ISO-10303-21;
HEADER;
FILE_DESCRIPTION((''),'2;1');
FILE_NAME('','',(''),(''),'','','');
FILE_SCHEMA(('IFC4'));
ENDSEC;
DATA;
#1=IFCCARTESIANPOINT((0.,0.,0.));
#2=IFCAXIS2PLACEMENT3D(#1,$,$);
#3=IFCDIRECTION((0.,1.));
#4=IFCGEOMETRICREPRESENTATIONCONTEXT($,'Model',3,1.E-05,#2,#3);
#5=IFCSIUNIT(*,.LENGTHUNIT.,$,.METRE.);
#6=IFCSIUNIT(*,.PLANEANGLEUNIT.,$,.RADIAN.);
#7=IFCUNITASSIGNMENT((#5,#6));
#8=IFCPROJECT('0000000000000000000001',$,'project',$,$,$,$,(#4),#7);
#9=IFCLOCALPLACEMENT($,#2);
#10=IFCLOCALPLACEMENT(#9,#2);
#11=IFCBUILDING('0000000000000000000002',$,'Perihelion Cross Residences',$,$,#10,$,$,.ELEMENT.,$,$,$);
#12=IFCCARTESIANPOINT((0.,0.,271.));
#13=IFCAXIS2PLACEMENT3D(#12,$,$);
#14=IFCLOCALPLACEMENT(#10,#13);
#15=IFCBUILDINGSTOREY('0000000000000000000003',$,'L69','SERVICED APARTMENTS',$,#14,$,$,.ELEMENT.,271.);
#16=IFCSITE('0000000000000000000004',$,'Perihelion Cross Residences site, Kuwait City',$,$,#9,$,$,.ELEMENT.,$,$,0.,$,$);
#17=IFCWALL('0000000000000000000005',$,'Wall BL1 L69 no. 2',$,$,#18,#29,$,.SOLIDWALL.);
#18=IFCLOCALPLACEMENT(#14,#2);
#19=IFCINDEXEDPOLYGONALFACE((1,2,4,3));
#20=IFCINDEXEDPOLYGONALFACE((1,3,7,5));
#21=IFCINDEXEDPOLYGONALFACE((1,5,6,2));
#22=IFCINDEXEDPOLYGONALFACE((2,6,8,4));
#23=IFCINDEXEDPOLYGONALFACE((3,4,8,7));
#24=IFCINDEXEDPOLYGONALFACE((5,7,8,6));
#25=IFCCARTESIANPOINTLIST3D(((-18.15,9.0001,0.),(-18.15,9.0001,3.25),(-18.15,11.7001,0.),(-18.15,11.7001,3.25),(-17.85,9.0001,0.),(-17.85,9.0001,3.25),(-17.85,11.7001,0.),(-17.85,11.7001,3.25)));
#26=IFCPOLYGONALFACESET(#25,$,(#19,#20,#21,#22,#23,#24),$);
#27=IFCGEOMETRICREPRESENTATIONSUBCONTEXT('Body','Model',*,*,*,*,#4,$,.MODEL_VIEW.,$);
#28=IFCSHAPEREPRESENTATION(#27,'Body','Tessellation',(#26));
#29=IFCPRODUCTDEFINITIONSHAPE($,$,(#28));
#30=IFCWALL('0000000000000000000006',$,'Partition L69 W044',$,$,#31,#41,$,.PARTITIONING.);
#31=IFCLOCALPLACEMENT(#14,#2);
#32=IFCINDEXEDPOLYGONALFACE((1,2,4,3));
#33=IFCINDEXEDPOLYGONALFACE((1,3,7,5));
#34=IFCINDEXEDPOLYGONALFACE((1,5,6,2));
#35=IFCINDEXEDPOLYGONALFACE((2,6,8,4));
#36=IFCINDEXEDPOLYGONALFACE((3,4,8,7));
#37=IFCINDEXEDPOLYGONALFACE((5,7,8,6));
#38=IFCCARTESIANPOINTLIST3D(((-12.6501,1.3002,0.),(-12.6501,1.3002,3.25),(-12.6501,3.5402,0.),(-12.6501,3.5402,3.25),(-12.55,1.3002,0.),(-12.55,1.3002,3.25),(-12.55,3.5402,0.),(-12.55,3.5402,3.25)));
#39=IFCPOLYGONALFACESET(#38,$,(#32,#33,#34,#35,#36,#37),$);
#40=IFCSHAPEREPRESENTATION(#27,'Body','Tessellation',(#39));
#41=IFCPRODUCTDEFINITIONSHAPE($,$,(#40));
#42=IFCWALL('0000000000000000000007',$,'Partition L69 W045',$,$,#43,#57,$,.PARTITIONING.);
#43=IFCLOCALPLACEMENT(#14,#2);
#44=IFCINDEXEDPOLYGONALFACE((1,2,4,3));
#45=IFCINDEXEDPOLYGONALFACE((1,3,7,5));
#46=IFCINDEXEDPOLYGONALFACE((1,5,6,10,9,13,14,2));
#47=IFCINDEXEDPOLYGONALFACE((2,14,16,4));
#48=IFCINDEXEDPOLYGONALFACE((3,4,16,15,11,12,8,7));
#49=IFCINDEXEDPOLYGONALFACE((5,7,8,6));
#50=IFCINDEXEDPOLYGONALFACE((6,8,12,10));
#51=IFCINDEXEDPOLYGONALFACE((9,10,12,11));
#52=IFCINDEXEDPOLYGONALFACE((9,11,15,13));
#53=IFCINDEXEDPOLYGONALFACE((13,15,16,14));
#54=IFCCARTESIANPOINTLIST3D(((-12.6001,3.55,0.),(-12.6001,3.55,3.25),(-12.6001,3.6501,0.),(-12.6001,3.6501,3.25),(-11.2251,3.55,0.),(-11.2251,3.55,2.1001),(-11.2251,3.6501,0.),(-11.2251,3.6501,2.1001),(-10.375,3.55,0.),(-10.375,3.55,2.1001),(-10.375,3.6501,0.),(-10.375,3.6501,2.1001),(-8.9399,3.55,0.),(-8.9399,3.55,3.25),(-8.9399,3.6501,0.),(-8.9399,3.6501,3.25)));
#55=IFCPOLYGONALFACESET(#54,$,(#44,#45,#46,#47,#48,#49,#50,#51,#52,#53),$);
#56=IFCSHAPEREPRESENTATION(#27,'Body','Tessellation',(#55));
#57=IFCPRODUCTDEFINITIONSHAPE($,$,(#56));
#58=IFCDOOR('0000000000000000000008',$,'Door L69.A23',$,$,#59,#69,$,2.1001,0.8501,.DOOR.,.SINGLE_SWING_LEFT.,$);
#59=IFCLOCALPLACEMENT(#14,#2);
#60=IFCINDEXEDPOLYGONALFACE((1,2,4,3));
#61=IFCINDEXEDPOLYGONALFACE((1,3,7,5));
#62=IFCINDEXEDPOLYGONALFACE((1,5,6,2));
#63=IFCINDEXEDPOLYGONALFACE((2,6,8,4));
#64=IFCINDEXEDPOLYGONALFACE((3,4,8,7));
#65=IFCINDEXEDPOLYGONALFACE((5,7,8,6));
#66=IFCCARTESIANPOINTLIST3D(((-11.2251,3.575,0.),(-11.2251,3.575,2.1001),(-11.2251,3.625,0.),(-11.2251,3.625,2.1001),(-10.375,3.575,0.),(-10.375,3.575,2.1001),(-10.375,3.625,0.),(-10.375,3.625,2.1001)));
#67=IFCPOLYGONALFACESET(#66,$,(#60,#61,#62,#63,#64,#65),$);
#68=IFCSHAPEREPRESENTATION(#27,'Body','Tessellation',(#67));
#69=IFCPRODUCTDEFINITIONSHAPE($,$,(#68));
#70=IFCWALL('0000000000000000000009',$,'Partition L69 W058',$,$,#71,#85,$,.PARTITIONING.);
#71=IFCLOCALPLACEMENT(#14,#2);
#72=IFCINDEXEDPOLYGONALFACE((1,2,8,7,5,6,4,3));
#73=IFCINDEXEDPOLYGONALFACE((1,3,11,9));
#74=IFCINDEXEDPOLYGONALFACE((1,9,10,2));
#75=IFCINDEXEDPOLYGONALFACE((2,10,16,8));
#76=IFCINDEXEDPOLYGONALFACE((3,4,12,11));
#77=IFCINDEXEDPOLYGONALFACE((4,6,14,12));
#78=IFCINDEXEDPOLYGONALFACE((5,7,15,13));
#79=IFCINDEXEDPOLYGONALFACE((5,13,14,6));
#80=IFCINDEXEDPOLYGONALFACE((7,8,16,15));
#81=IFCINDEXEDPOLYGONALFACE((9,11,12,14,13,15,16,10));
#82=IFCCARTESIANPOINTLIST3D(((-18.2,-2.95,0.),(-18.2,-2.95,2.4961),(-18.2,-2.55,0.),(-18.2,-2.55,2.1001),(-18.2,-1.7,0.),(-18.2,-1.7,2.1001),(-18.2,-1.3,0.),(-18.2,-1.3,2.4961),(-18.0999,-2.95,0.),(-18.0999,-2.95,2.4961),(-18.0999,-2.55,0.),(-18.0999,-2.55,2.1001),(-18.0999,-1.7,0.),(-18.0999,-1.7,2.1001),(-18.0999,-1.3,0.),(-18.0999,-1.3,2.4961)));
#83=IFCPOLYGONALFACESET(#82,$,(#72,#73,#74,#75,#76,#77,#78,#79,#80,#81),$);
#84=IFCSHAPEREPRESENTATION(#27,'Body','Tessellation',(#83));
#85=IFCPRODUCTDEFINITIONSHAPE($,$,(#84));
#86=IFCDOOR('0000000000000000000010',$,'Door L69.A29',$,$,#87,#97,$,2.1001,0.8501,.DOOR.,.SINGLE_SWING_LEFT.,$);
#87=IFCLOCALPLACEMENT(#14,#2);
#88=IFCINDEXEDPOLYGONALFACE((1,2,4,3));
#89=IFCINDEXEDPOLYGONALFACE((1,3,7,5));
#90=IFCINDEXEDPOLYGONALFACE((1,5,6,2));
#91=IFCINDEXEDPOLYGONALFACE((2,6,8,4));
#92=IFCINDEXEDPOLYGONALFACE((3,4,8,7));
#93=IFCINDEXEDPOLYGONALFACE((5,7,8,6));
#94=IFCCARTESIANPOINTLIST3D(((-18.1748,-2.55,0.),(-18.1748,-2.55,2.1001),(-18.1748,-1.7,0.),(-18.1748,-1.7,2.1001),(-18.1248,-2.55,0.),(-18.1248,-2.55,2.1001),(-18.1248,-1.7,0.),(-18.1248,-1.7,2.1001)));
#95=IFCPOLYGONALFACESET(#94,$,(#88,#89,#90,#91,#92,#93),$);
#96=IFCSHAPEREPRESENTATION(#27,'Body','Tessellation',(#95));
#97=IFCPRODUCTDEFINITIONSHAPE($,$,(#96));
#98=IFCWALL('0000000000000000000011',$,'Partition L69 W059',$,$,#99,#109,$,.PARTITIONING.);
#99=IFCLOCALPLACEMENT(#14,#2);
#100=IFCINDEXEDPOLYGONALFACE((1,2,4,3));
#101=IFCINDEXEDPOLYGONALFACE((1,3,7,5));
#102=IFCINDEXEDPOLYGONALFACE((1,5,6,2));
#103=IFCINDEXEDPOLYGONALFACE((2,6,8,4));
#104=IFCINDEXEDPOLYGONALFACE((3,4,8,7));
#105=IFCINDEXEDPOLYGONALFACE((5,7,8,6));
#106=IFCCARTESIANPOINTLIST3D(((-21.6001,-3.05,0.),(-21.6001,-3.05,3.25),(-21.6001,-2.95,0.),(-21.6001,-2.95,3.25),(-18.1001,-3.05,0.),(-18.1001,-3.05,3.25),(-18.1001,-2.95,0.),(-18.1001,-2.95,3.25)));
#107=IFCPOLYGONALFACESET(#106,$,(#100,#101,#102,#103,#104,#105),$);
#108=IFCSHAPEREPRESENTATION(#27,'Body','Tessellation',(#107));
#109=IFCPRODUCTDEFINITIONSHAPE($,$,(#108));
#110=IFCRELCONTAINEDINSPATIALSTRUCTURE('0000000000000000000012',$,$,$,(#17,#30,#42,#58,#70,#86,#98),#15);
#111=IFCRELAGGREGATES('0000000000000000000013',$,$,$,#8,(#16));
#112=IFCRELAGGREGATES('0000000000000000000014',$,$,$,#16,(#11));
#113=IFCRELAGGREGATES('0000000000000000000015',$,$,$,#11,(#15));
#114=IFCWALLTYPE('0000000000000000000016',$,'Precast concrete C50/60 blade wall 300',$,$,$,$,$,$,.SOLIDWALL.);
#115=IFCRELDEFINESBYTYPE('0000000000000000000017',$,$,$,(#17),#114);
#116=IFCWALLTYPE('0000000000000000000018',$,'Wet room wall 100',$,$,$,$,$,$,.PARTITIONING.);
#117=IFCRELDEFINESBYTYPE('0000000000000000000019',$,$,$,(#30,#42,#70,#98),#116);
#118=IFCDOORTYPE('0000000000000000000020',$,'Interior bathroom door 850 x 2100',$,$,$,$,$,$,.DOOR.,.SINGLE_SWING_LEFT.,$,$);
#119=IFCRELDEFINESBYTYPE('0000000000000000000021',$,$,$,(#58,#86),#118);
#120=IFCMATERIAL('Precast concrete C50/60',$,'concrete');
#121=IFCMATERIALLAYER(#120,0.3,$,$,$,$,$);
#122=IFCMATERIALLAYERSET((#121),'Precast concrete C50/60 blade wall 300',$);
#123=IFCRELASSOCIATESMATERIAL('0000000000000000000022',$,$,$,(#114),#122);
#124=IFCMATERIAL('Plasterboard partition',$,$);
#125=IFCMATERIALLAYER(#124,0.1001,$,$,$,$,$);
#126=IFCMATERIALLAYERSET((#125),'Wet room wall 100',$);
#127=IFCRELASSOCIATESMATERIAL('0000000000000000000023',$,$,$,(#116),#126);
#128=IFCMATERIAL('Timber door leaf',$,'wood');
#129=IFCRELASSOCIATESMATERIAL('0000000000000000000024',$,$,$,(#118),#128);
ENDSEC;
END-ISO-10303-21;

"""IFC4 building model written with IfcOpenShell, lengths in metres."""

from ifc_helpers import new_model, si_unit, direction, frame, frame_2d, origin, place, context, subcontext, project, spatial, rectangle, extrude, material, layer, layer_set, type_object, element, fill, save


model = new_model("IFC4")

# Units and contexts
model_context = context("Model", 3, precision=1e-05, world=origin(), true_north=direction((0.0, 1.0)))
body_context = subcontext(model_context, "Body", "Model", "MODEL_VIEW")
ifc_project = project(units=[si_unit("LENGTHUNIT", "METRE"), si_unit("PLANEANGLEUNIT", "RADIAN")], contexts=[model_context])

# Site, building, storey
site_placement = place(None, origin())
site = spatial("IfcSite", under=ifc_project, at=site_placement, Name="Perihelion Cross Residences site, Kuwait City", CompositionType="ELEMENT", RefElevation=0.0)
building_placement = place(site_placement, origin())
building = spatial("IfcBuilding", under=site, at=building_placement, Name="Perihelion Cross Residences", CompositionType="ELEMENT")
storey_placement = place(building_placement, frame((0.0, 0.0, 271.0)))
storey = spatial("IfcBuildingStorey", under=building, at=storey_placement, Name="L69", Description="SERVICED APARTMENTS", CompositionType="ELEMENT", Elevation=271.0)

# Walls
ifc_material_1 = material(Name="Precast concrete C50/60", Category="concrete")
ifc_layer_1 = layer(ifc_material_1, 0.3)
ifc_layer_set_1 = layer_set([ifc_layer_1], Name="Precast concrete C50/60 blade wall 300")
wall_type_1 = type_object("IfcWallType", Name="Precast concrete C50/60 blade wall 300", PredefinedType="SOLIDWALL", material=ifc_layer_set_1)
for number, where, z_axis, x_axis, name in (
    (1, (-18.0, 9.0, 0.0), (0.0, 0.0, 1.0), (0.0, 1.0, 0.0), "Wall BL1 L69 no. 2"),
):
    element("IfcWall", number, at=place(storey_placement, frame(where, z_axis=z_axis, x_axis=x_axis)), inside=storey, type_object=wall_type_1, Name=name, PredefinedType="SOLIDWALL", context=body_context, shape_type="SweptSolid", body=[
        extrude(rectangle(XDim=2.7, YDim=0.3, at=frame_2d((1.3501, 0.0))), origin(), (0.0, 0.0, 1.0), 3.25),
    ])
ifc_material_2 = material(Name="Plasterboard partition")
ifc_layer_2 = layer(ifc_material_2, 0.1001)
ifc_layer_set_2 = layer_set([ifc_layer_2], Name="Wet room wall 100")
wall_type_2 = type_object("IfcWallType", Name="Wet room wall 100", PredefinedType="PARTITIONING", material=ifc_layer_set_2)
wall_1_placement = place(storey_placement, frame((-12.6001, 1.3, 0.0), z_axis=(0.0, 0.0, 1.0), x_axis=(0.0, 1.0, 0.0)))
element("IfcWall", 2, at=wall_1_placement, inside=storey, type_object=wall_type_2, Name="Partition L69 W044", PredefinedType="PARTITIONING", context=body_context, shape_type="SweptSolid", body=[
    extrude(rectangle(XDim=2.24, YDim=0.1001, at=frame_2d((1.1201, 0.0))), origin(), (0.0, 0.0, 1.0), 3.25),
])

# Walls, openings, doors
wall_2_placement = place(storey_placement, frame((-12.6001, 3.6001, 0.0), z_axis=(0.0, 0.0, 1.0), x_axis=(1.0, 0.0, 0.0)))
wall_2 = element("IfcWall", 3, at=wall_2_placement, inside=storey, type_object=wall_type_2, Name="Partition L69 W045", PredefinedType="PARTITIONING", context=body_context, shape_type="SweptSolid", body=[
    extrude(rectangle(XDim=3.6602, YDim=0.1001, at=frame_2d((1.8301, 0.0))), origin(), (0.0, 0.0, 1.0), 3.25),
])
opening_1_placement = place(wall_2_placement, frame((1.375, 0.0, 0.0)))
opening_1 = element("IfcOpeningElement", 4, at=opening_1_placement, cuts=wall_2, PredefinedType="OPENING", context=body_context, shape_type="SweptSolid", body=[
    extrude(rectangle(XDim=0.8501, YDim=2.1001, at=frame_2d((0.425, 1.05))), frame((0.0, 0.0601, 0.0), z_axis=(0.0, -1.0, 0.0), x_axis=(1.0, 0.0, 0.0)), (0.0, 0.0, 1.0), 0.1201),
])
ifc_material_3 = material(Name="Timber door leaf", Category="wood")
door_type_1 = type_object("IfcDoorType", Name="Interior bathroom door 850 x 2100", OperationType="SINGLE_SWING_LEFT", PredefinedType="DOOR", material=ifc_material_3)
door_1_placement = place(opening_1_placement, origin())
door_1 = element("IfcDoor", 5, at=door_1_placement, inside=storey, type_object=door_type_1, Name="Door L69.A23", OperationType="SINGLE_SWING_LEFT", OverallHeight=2.1001, OverallWidth=0.8501, PredefinedType="DOOR", context=body_context, shape_type="SweptSolid", body=[
    extrude(rectangle(XDim=0.8501, YDim=2.1001, at=frame_2d((0.425, 1.05))), frame((0.0, 0.0249, 0.0), z_axis=(0.0, -1.0, 0.0), x_axis=(1.0, 0.0, 0.0)), (0.0, 0.0, 1.0), 0.05),
])
fill(opening_1, door_1)
wall_3_placement = place(storey_placement, frame((-18.1499, -2.95, 0.0), z_axis=(0.0, 0.0, 1.0), x_axis=(0.0, 1.0, 0.0)))
wall_3 = element("IfcWall", 6, at=wall_3_placement, inside=storey, type_object=wall_type_2, Name="Partition L69 W058", PredefinedType="PARTITIONING", context=body_context, shape_type="SweptSolid", body=[
    extrude(rectangle(XDim=1.6499, YDim=0.1001, at=frame_2d((0.825, 0.0))), origin(), (0.0, 0.0, 1.0), 2.4961),
])
opening_2_placement = place(wall_3_placement, frame((0.3999, 0.0, 0.0)))
opening_2 = element("IfcOpeningElement", 7, at=opening_2_placement, cuts=wall_3, PredefinedType="OPENING", context=body_context, shape_type="SweptSolid", body=[
    extrude(rectangle(XDim=0.8501, YDim=2.1001, at=frame_2d((0.425, 1.05))), frame((0.0, 0.0601, 0.0), z_axis=(0.0, -1.0, 0.0), x_axis=(1.0, 0.0, 0.0)), (0.0, 0.0, 1.0), 0.1201),
])
door_2_placement = place(opening_2_placement, origin())
door_2 = element("IfcDoor", 8, at=door_2_placement, inside=storey, type_object=door_type_1, Name="Door L69.A29", OperationType="SINGLE_SWING_LEFT", OverallHeight=2.1001, OverallWidth=0.8501, PredefinedType="DOOR", context=body_context, shape_type="SweptSolid", body=[
    extrude(rectangle(XDim=0.8501, YDim=2.1001, at=frame_2d((0.425, 1.05))), frame((0.0, 0.0249, 0.0), z_axis=(0.0, -1.0, 0.0), x_axis=(1.0, 0.0, 0.0)), (0.0, 0.0, 1.0), 0.05),
])
fill(opening_2, door_2)

# Wall
wall_4_placement = place(storey_placement, frame((-18.1001, -3.0, 0.0), z_axis=(0.0, 0.0, 1.0), x_axis=(-1.0, 0.0, 0.0)))
element("IfcWall", 9, at=wall_4_placement, inside=storey, type_object=wall_type_2, Name="Partition L69 W059", PredefinedType="PARTITIONING", context=body_context, shape_type="SweptSolid", body=[
    extrude(rectangle(XDim=3.5, YDim=0.1001, at=frame_2d((1.75, 0.0))), origin(), (0.0, 0.0, 1.0), 3.25),
])

save(model, "model.ifc")
